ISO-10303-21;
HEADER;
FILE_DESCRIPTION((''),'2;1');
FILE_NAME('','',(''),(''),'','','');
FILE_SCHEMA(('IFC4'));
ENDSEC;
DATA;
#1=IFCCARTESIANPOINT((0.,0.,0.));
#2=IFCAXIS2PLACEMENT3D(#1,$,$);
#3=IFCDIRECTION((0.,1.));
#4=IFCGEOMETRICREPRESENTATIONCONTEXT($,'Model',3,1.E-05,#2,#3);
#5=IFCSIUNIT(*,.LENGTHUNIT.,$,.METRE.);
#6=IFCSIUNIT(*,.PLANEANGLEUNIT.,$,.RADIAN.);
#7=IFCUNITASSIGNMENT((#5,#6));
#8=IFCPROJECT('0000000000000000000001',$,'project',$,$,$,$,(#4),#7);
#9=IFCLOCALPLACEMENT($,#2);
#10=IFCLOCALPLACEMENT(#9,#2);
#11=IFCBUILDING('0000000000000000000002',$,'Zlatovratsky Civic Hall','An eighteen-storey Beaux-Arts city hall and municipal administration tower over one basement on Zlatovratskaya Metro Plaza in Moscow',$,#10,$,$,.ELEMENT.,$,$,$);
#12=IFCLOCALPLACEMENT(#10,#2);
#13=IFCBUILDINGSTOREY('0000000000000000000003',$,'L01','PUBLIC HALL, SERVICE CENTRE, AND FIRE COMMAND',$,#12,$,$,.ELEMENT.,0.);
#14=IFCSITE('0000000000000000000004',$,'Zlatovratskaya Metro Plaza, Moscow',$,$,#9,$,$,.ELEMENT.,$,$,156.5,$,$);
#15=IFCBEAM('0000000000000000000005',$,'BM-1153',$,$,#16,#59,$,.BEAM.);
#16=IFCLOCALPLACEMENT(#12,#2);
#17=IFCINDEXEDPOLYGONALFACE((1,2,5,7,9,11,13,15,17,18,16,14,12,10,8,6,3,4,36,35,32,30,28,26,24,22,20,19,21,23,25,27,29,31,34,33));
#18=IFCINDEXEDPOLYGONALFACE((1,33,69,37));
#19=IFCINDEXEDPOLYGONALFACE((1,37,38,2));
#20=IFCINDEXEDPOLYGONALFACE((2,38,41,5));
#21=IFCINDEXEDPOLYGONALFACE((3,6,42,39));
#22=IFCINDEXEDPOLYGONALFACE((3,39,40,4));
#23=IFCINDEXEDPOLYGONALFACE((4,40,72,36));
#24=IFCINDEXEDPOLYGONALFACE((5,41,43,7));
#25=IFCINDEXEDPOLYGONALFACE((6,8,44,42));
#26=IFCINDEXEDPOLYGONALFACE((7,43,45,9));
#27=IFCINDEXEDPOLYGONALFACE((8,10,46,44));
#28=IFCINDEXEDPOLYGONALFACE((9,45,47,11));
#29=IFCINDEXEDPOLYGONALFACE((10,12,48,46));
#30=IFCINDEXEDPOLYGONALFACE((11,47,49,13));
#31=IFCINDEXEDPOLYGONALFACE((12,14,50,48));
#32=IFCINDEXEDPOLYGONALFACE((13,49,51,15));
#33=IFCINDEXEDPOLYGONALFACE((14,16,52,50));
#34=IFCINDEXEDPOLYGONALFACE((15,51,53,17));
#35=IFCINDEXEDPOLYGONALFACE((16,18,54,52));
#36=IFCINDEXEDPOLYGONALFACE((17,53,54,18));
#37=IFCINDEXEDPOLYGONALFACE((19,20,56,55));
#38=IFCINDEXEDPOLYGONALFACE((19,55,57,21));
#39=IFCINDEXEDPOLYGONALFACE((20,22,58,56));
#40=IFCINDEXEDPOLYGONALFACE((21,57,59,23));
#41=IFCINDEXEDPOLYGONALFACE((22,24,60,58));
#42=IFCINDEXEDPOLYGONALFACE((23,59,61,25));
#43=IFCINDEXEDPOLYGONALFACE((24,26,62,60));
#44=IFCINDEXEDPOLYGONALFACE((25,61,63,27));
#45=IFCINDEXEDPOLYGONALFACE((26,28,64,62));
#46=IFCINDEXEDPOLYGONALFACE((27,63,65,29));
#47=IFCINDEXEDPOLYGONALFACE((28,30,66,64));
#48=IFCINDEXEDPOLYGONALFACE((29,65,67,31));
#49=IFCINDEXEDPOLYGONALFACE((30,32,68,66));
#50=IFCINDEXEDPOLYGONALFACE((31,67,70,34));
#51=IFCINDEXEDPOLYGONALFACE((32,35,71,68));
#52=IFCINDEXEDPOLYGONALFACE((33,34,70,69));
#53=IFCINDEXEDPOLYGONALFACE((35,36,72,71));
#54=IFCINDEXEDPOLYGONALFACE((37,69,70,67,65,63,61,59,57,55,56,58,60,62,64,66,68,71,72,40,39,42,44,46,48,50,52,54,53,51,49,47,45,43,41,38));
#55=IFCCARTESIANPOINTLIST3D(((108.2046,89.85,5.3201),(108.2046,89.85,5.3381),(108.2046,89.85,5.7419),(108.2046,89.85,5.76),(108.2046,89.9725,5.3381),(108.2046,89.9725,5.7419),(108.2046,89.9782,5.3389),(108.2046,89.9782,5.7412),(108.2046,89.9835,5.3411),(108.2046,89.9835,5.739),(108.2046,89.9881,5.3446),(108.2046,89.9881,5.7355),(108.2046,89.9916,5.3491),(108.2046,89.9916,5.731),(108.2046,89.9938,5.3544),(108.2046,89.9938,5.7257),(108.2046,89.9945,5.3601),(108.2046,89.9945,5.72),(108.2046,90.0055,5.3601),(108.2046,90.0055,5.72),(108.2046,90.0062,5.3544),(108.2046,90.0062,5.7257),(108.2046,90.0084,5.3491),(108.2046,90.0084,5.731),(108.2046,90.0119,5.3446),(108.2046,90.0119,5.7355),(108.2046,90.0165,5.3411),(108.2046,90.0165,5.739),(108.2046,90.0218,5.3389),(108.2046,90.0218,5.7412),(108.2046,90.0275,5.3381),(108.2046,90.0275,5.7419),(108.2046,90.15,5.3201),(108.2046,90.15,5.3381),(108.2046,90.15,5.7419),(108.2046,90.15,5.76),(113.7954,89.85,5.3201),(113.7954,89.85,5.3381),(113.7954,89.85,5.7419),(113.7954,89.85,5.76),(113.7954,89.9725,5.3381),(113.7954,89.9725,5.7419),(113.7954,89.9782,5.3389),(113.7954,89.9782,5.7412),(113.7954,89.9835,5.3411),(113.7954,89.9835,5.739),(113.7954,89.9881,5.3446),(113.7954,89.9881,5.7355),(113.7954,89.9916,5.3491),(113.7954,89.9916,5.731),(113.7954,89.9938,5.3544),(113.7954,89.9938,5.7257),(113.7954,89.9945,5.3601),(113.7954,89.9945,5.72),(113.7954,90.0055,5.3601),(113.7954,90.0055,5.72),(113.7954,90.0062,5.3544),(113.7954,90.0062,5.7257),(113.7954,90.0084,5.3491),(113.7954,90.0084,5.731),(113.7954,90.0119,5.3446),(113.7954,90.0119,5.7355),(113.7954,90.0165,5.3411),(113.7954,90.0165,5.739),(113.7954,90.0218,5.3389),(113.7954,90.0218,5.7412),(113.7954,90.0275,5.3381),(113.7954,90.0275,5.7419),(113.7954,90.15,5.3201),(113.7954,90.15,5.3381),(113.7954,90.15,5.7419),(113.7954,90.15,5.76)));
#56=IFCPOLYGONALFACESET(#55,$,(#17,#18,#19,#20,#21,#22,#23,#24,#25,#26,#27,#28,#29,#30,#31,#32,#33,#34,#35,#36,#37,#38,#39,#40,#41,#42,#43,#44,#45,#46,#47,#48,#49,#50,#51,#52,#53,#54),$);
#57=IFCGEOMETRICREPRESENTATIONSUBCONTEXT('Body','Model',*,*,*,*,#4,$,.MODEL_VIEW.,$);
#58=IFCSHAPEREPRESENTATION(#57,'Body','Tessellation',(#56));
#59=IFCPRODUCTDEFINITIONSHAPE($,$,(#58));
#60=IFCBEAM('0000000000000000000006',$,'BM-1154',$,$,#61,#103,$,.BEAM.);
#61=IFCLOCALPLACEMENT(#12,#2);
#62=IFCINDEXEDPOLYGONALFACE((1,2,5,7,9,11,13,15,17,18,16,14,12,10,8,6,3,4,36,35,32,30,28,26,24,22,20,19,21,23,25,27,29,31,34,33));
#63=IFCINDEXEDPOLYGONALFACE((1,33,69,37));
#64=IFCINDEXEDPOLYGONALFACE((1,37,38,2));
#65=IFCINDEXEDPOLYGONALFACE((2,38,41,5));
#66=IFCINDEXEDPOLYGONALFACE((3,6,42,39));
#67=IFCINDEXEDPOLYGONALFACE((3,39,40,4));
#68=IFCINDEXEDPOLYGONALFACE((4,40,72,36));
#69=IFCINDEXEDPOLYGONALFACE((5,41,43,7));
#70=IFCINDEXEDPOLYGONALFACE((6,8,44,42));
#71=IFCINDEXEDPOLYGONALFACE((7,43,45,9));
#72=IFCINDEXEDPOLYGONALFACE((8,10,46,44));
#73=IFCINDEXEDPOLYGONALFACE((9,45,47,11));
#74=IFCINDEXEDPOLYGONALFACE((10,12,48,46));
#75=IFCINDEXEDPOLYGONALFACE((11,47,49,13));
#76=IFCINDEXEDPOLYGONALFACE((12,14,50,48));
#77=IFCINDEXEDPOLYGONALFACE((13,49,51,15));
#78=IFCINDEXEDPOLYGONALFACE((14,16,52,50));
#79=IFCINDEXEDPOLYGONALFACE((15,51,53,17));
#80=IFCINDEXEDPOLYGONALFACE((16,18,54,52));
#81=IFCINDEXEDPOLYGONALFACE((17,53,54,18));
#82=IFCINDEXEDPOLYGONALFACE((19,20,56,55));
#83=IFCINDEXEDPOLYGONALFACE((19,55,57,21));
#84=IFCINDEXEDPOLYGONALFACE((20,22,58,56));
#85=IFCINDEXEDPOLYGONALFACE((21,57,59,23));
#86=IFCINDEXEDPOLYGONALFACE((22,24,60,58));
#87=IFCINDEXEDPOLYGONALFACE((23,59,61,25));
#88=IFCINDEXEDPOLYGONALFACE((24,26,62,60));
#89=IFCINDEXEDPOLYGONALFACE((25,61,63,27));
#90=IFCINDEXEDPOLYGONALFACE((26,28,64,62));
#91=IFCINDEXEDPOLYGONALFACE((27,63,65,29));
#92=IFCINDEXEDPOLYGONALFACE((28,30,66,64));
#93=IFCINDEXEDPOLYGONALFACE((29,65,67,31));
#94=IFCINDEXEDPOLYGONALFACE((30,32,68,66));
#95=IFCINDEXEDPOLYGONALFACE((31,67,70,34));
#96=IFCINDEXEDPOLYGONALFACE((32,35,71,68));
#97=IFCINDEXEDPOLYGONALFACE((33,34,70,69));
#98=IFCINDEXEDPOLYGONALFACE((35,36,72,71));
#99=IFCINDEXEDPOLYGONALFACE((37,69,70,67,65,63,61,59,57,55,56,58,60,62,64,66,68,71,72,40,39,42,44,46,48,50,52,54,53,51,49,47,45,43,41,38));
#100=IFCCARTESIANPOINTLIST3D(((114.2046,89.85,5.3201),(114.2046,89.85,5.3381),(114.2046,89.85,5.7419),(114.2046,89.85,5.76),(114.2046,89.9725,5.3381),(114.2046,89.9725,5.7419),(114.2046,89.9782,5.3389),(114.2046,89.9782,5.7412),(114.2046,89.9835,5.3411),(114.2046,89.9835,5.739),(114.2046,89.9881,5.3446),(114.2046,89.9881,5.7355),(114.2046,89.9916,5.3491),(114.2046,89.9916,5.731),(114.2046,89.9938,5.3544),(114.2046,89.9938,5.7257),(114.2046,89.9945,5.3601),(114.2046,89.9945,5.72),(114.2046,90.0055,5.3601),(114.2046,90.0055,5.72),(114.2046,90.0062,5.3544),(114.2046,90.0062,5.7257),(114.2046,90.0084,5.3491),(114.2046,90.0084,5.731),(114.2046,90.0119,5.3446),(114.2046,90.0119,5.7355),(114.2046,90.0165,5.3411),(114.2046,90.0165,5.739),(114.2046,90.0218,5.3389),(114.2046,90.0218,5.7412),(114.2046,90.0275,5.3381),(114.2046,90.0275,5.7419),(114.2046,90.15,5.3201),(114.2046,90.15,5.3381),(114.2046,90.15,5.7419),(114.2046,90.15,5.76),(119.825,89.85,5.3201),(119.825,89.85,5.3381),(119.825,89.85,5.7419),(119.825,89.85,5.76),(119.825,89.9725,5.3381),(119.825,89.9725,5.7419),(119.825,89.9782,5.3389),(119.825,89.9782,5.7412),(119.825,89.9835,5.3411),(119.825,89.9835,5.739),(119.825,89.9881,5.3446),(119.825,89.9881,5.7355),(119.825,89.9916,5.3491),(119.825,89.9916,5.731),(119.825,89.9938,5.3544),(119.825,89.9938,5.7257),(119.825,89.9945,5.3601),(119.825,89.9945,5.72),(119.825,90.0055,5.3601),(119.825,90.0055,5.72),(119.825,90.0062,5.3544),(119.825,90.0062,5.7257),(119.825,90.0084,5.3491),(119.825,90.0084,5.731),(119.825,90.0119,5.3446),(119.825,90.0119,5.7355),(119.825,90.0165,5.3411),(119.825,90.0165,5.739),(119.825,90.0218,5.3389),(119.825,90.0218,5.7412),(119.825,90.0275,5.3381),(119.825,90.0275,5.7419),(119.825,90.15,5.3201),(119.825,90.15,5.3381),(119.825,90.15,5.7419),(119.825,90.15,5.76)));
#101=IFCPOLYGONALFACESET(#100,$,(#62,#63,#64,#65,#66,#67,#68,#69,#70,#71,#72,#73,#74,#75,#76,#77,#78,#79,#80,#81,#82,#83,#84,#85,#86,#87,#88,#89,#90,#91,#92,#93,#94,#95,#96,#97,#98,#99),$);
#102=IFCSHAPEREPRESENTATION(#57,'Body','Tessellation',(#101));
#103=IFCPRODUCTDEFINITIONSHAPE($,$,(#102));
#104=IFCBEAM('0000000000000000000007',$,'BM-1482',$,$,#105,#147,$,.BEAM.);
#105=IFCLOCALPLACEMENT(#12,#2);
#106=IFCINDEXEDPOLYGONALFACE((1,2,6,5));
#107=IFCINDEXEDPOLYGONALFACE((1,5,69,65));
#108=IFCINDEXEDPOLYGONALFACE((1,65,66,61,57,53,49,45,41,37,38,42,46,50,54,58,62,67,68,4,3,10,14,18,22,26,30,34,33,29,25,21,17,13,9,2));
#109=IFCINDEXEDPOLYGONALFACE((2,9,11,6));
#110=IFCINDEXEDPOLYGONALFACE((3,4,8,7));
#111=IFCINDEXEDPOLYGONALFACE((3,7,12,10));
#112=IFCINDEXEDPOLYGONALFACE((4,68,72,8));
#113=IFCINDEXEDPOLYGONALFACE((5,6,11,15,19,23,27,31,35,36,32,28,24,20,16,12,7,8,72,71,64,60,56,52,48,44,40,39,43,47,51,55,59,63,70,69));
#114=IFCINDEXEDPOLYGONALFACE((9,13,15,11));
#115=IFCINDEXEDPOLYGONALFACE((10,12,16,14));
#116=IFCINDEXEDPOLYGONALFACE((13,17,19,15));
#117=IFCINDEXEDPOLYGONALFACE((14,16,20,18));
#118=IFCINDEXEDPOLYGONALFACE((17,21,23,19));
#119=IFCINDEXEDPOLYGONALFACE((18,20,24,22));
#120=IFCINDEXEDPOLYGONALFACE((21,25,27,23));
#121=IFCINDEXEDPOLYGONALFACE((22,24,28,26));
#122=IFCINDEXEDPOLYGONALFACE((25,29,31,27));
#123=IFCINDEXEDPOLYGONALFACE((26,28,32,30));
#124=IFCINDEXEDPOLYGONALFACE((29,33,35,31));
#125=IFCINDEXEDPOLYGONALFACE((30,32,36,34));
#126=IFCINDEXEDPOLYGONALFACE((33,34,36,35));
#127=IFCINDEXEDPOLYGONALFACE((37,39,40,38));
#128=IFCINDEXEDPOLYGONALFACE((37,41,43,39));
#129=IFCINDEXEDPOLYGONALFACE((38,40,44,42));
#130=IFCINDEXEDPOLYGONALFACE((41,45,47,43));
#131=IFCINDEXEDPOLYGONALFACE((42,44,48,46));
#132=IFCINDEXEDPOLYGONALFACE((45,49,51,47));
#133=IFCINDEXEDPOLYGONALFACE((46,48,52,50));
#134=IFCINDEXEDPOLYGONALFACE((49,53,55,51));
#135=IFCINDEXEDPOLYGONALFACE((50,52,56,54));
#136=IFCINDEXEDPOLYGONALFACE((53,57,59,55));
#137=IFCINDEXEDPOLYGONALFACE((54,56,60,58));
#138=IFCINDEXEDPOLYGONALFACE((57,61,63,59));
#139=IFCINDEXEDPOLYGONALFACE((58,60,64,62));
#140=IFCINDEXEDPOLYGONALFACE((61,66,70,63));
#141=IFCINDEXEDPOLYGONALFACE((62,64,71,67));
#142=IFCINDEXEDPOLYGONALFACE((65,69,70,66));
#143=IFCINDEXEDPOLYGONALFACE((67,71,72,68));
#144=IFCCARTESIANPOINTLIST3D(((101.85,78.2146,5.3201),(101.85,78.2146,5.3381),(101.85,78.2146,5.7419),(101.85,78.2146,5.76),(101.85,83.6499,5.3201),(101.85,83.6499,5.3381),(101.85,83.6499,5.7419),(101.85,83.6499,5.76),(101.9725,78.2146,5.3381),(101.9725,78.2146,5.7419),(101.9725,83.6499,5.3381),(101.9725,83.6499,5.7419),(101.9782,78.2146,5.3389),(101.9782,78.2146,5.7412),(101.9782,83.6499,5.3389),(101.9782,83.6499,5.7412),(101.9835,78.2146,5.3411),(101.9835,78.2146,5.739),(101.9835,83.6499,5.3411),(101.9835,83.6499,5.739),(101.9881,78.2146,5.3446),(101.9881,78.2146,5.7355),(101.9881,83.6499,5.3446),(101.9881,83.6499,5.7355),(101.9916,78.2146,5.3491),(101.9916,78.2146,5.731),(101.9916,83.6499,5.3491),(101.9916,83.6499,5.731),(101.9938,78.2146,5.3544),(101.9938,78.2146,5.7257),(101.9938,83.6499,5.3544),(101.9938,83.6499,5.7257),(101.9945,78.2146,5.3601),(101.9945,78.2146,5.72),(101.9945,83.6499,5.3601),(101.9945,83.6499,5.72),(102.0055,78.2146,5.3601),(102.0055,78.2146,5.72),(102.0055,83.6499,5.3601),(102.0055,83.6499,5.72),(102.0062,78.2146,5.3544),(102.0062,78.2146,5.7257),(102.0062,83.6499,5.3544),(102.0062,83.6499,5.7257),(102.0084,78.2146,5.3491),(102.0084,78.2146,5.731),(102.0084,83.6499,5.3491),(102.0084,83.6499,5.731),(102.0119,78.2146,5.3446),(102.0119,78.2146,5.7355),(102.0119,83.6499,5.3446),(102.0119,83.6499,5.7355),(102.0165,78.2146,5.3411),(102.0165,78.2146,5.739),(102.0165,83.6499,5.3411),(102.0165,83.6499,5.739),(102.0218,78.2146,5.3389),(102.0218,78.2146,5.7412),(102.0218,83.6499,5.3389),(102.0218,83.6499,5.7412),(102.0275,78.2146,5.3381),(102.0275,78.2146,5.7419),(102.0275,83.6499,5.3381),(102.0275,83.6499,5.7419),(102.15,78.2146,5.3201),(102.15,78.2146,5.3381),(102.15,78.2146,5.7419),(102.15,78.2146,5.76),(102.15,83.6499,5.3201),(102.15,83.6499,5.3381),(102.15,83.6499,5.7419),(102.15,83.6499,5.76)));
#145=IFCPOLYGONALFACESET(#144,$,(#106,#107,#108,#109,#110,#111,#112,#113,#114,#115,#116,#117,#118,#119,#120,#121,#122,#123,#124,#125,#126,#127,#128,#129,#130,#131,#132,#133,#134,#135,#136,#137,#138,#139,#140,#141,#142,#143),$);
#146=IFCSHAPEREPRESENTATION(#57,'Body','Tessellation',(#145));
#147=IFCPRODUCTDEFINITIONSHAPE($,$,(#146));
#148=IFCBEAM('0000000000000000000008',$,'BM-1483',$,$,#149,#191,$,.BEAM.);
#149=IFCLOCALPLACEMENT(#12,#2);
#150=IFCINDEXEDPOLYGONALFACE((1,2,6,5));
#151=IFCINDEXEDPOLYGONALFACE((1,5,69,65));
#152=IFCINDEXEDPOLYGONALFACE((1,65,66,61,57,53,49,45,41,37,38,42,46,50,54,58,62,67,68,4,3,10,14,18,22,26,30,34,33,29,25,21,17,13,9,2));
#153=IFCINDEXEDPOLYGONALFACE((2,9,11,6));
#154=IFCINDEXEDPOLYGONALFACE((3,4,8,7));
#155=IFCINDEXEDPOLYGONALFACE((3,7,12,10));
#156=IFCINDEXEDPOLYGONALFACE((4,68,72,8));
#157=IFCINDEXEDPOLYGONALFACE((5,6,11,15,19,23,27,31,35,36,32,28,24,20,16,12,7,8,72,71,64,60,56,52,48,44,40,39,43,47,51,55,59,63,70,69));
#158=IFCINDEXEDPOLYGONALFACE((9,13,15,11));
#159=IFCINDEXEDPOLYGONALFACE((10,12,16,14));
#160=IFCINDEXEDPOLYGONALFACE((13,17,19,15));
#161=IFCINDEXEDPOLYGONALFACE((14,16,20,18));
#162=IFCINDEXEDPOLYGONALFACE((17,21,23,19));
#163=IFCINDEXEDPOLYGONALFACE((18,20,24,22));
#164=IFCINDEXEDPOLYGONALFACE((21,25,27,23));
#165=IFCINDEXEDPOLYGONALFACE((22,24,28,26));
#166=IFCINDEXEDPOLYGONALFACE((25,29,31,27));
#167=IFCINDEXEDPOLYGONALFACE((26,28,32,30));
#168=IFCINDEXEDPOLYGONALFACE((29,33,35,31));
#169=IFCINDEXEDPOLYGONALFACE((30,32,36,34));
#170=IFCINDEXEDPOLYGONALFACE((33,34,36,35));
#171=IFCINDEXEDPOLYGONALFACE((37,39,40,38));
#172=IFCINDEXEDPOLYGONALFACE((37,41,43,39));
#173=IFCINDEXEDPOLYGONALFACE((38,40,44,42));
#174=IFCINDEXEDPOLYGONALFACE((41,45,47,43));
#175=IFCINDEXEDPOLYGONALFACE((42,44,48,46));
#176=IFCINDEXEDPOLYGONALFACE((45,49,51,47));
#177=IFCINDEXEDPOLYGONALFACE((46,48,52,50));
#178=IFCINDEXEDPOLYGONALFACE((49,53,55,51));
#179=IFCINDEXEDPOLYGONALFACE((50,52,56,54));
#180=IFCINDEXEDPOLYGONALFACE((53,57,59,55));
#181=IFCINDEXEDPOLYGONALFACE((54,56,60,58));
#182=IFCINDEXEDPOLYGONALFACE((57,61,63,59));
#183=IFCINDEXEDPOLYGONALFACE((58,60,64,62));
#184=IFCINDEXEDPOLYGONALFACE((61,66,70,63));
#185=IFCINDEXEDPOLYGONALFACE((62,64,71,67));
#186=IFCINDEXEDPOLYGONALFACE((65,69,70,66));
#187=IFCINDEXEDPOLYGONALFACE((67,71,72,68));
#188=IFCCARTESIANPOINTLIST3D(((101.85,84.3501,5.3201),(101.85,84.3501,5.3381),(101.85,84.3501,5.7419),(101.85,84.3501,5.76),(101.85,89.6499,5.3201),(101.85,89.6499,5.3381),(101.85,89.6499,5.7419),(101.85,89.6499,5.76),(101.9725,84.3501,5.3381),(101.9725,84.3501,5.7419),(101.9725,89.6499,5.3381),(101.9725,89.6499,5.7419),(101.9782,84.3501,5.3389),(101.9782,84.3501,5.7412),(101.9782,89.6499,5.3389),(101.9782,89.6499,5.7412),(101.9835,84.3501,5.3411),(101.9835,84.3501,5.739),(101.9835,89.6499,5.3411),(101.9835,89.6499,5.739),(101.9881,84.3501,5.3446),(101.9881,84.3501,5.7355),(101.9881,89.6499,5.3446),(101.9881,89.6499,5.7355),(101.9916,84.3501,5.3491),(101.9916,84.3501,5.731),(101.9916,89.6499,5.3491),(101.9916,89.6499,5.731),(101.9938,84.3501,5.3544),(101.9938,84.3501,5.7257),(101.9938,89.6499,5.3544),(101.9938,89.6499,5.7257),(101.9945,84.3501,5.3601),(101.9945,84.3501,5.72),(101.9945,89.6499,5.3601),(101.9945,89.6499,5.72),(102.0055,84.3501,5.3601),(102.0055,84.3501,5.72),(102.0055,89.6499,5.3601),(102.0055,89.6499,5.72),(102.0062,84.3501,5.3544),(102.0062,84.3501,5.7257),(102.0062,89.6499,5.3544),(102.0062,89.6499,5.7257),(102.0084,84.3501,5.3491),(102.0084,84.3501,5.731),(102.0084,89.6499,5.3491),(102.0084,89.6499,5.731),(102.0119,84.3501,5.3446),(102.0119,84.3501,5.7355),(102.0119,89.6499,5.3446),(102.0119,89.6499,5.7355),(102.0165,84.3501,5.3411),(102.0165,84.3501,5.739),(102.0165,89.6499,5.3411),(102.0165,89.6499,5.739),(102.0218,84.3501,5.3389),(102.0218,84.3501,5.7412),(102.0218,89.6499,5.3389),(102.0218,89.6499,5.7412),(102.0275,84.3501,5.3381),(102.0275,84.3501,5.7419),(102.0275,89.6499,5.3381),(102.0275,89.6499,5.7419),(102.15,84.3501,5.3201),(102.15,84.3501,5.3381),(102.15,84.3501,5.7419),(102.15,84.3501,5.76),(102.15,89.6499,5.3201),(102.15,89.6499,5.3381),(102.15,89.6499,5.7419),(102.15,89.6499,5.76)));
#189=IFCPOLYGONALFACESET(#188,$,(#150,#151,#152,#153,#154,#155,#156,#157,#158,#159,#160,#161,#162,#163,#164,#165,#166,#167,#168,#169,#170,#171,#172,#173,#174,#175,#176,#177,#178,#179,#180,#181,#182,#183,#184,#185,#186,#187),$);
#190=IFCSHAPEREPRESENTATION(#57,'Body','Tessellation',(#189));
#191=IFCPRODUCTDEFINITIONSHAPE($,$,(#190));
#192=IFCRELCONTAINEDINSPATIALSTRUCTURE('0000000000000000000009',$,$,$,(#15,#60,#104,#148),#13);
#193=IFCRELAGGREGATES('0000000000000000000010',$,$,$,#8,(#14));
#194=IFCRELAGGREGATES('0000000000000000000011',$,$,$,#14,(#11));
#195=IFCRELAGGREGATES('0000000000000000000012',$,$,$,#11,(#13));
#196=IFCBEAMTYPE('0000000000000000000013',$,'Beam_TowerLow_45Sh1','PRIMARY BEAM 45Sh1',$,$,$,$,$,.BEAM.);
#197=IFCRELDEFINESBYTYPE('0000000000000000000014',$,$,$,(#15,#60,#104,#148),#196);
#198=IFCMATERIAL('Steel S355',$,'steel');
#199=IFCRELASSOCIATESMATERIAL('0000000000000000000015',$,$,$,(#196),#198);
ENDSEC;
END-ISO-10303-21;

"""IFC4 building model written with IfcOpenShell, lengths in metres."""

from ifc_helpers import new_model, si_unit, direction, frame, origin, origin_2d, place, context, subcontext, project, spatial, i_section, extrude, material, material_profile, profile_set, type_object, element, save


model = new_model("IFC4")

# Units and contexts
model_context = context("Model", 3, precision=1e-05, world=origin(), true_north=direction((0.0, 1.0)))
body_context = subcontext(model_context, "Body", "Model", "MODEL_VIEW")
ifc_project = project(units=[si_unit("LENGTHUNIT", "METRE"), si_unit("PLANEANGLEUNIT", "RADIAN")], contexts=[model_context])

# Site, building, storey
site_placement = place(None, origin())
site = spatial("IfcSite", under=ifc_project, at=site_placement, Name="Zlatovratskaya Metro Plaza, Moscow", CompositionType="ELEMENT", RefElevation=156.5)
building_placement = place(site_placement, origin())
building = spatial("IfcBuilding", under=site, at=building_placement, Name="Zlatovratsky Civic Hall", Description="An eighteen-storey Beaux-Arts city hall and municipal administration tower over one basement on Zlatovratskaya Metro Plaza in Moscow", CompositionType="ELEMENT")
storey_placement = place(building_placement, origin())
storey = spatial("IfcBuildingStorey", under=building, at=storey_placement, Name="L01", Description="PUBLIC HALL, SERVICE CENTRE, AND FIRE COMMAND", CompositionType="ELEMENT", Elevation=0.0)

# Shared definitions
ifc_material_1 = material(Name="Steel S355", Category="steel")

# Beams
ifc_material_profile_1 = material_profile(ifc_material_1, i_section(OverallWidth=0.3, OverallDepth=0.4399, WebThickness=0.011, FlangeThickness=0.0181, FilletRadius=0.022, at=origin_2d()), Name="45Sh1")
ifc_profile_set_1 = profile_set([ifc_material_profile_1], Name="Steel S355")
beam_type = type_object("IfcBeamType", Name="Beam_TowerLow_45Sh1", Description="PRIMARY BEAM 45Sh1", PredefinedType="BEAM", material=ifc_profile_set_1)
beam_1_placement = place(storey_placement, frame((108.2046, 90.0, 5.54), z_axis=(1.0, 0.0, 0.0), x_axis=(0.0, 1.0, 0.0)))
element("IfcBeam", 1, at=beam_1_placement, inside=storey, type_object=beam_type, Name="BM-1153", PredefinedType="BEAM", context=body_context, shape_type="SweptSolid", body=[
    extrude(i_section(OverallWidth=0.3, OverallDepth=0.4399, WebThickness=0.011, FlangeThickness=0.0181, FilletRadius=0.022, at=origin_2d()), origin(), (0.0, 0.0, 1.0), 5.5908),
])
beam_2_placement = place(storey_placement, frame((114.2046, 90.0, 5.54), z_axis=(1.0, 0.0, 0.0), x_axis=(0.0, 1.0, 0.0)))
element("IfcBeam", 2, at=beam_2_placement, inside=storey, type_object=beam_type, Name="BM-1154", PredefinedType="BEAM", context=body_context, shape_type="SweptSolid", body=[
    extrude(i_section(OverallWidth=0.3, OverallDepth=0.4399, WebThickness=0.011, FlangeThickness=0.0181, FilletRadius=0.022, at=origin_2d()), origin(), (0.0, 0.0, 1.0), 5.6204),
])
beam_3_placement = place(storey_placement, frame((102.0, 78.2146, 5.54), z_axis=(0.0, 1.0, 0.0), x_axis=(-1.0, 0.0, 0.0)))
element("IfcBeam", 3, at=beam_3_placement, inside=storey, type_object=beam_type, Name="BM-1482", PredefinedType="BEAM", context=body_context, shape_type="SweptSolid", body=[
    extrude(i_section(OverallWidth=0.3, OverallDepth=0.4399, WebThickness=0.011, FlangeThickness=0.0181, FilletRadius=0.022, at=origin_2d()), origin(), (0.0, 0.0, 1.0), 5.4353),
])
beam_4_placement = place(storey_placement, frame((102.0, 84.3501, 5.54), z_axis=(0.0, 1.0, 0.0), x_axis=(-1.0, 0.0, 0.0)))
element("IfcBeam", 4, at=beam_4_placement, inside=storey, type_object=beam_type, Name="BM-1483", PredefinedType="BEAM", context=body_context, shape_type="SweptSolid", body=[
    extrude(i_section(OverallWidth=0.3, OverallDepth=0.4399, WebThickness=0.011, FlangeThickness=0.0181, FilletRadius=0.022, at=origin_2d()), origin(), (0.0, 0.0, 1.0), 5.2998),
])

save(model, "model.ifc")
